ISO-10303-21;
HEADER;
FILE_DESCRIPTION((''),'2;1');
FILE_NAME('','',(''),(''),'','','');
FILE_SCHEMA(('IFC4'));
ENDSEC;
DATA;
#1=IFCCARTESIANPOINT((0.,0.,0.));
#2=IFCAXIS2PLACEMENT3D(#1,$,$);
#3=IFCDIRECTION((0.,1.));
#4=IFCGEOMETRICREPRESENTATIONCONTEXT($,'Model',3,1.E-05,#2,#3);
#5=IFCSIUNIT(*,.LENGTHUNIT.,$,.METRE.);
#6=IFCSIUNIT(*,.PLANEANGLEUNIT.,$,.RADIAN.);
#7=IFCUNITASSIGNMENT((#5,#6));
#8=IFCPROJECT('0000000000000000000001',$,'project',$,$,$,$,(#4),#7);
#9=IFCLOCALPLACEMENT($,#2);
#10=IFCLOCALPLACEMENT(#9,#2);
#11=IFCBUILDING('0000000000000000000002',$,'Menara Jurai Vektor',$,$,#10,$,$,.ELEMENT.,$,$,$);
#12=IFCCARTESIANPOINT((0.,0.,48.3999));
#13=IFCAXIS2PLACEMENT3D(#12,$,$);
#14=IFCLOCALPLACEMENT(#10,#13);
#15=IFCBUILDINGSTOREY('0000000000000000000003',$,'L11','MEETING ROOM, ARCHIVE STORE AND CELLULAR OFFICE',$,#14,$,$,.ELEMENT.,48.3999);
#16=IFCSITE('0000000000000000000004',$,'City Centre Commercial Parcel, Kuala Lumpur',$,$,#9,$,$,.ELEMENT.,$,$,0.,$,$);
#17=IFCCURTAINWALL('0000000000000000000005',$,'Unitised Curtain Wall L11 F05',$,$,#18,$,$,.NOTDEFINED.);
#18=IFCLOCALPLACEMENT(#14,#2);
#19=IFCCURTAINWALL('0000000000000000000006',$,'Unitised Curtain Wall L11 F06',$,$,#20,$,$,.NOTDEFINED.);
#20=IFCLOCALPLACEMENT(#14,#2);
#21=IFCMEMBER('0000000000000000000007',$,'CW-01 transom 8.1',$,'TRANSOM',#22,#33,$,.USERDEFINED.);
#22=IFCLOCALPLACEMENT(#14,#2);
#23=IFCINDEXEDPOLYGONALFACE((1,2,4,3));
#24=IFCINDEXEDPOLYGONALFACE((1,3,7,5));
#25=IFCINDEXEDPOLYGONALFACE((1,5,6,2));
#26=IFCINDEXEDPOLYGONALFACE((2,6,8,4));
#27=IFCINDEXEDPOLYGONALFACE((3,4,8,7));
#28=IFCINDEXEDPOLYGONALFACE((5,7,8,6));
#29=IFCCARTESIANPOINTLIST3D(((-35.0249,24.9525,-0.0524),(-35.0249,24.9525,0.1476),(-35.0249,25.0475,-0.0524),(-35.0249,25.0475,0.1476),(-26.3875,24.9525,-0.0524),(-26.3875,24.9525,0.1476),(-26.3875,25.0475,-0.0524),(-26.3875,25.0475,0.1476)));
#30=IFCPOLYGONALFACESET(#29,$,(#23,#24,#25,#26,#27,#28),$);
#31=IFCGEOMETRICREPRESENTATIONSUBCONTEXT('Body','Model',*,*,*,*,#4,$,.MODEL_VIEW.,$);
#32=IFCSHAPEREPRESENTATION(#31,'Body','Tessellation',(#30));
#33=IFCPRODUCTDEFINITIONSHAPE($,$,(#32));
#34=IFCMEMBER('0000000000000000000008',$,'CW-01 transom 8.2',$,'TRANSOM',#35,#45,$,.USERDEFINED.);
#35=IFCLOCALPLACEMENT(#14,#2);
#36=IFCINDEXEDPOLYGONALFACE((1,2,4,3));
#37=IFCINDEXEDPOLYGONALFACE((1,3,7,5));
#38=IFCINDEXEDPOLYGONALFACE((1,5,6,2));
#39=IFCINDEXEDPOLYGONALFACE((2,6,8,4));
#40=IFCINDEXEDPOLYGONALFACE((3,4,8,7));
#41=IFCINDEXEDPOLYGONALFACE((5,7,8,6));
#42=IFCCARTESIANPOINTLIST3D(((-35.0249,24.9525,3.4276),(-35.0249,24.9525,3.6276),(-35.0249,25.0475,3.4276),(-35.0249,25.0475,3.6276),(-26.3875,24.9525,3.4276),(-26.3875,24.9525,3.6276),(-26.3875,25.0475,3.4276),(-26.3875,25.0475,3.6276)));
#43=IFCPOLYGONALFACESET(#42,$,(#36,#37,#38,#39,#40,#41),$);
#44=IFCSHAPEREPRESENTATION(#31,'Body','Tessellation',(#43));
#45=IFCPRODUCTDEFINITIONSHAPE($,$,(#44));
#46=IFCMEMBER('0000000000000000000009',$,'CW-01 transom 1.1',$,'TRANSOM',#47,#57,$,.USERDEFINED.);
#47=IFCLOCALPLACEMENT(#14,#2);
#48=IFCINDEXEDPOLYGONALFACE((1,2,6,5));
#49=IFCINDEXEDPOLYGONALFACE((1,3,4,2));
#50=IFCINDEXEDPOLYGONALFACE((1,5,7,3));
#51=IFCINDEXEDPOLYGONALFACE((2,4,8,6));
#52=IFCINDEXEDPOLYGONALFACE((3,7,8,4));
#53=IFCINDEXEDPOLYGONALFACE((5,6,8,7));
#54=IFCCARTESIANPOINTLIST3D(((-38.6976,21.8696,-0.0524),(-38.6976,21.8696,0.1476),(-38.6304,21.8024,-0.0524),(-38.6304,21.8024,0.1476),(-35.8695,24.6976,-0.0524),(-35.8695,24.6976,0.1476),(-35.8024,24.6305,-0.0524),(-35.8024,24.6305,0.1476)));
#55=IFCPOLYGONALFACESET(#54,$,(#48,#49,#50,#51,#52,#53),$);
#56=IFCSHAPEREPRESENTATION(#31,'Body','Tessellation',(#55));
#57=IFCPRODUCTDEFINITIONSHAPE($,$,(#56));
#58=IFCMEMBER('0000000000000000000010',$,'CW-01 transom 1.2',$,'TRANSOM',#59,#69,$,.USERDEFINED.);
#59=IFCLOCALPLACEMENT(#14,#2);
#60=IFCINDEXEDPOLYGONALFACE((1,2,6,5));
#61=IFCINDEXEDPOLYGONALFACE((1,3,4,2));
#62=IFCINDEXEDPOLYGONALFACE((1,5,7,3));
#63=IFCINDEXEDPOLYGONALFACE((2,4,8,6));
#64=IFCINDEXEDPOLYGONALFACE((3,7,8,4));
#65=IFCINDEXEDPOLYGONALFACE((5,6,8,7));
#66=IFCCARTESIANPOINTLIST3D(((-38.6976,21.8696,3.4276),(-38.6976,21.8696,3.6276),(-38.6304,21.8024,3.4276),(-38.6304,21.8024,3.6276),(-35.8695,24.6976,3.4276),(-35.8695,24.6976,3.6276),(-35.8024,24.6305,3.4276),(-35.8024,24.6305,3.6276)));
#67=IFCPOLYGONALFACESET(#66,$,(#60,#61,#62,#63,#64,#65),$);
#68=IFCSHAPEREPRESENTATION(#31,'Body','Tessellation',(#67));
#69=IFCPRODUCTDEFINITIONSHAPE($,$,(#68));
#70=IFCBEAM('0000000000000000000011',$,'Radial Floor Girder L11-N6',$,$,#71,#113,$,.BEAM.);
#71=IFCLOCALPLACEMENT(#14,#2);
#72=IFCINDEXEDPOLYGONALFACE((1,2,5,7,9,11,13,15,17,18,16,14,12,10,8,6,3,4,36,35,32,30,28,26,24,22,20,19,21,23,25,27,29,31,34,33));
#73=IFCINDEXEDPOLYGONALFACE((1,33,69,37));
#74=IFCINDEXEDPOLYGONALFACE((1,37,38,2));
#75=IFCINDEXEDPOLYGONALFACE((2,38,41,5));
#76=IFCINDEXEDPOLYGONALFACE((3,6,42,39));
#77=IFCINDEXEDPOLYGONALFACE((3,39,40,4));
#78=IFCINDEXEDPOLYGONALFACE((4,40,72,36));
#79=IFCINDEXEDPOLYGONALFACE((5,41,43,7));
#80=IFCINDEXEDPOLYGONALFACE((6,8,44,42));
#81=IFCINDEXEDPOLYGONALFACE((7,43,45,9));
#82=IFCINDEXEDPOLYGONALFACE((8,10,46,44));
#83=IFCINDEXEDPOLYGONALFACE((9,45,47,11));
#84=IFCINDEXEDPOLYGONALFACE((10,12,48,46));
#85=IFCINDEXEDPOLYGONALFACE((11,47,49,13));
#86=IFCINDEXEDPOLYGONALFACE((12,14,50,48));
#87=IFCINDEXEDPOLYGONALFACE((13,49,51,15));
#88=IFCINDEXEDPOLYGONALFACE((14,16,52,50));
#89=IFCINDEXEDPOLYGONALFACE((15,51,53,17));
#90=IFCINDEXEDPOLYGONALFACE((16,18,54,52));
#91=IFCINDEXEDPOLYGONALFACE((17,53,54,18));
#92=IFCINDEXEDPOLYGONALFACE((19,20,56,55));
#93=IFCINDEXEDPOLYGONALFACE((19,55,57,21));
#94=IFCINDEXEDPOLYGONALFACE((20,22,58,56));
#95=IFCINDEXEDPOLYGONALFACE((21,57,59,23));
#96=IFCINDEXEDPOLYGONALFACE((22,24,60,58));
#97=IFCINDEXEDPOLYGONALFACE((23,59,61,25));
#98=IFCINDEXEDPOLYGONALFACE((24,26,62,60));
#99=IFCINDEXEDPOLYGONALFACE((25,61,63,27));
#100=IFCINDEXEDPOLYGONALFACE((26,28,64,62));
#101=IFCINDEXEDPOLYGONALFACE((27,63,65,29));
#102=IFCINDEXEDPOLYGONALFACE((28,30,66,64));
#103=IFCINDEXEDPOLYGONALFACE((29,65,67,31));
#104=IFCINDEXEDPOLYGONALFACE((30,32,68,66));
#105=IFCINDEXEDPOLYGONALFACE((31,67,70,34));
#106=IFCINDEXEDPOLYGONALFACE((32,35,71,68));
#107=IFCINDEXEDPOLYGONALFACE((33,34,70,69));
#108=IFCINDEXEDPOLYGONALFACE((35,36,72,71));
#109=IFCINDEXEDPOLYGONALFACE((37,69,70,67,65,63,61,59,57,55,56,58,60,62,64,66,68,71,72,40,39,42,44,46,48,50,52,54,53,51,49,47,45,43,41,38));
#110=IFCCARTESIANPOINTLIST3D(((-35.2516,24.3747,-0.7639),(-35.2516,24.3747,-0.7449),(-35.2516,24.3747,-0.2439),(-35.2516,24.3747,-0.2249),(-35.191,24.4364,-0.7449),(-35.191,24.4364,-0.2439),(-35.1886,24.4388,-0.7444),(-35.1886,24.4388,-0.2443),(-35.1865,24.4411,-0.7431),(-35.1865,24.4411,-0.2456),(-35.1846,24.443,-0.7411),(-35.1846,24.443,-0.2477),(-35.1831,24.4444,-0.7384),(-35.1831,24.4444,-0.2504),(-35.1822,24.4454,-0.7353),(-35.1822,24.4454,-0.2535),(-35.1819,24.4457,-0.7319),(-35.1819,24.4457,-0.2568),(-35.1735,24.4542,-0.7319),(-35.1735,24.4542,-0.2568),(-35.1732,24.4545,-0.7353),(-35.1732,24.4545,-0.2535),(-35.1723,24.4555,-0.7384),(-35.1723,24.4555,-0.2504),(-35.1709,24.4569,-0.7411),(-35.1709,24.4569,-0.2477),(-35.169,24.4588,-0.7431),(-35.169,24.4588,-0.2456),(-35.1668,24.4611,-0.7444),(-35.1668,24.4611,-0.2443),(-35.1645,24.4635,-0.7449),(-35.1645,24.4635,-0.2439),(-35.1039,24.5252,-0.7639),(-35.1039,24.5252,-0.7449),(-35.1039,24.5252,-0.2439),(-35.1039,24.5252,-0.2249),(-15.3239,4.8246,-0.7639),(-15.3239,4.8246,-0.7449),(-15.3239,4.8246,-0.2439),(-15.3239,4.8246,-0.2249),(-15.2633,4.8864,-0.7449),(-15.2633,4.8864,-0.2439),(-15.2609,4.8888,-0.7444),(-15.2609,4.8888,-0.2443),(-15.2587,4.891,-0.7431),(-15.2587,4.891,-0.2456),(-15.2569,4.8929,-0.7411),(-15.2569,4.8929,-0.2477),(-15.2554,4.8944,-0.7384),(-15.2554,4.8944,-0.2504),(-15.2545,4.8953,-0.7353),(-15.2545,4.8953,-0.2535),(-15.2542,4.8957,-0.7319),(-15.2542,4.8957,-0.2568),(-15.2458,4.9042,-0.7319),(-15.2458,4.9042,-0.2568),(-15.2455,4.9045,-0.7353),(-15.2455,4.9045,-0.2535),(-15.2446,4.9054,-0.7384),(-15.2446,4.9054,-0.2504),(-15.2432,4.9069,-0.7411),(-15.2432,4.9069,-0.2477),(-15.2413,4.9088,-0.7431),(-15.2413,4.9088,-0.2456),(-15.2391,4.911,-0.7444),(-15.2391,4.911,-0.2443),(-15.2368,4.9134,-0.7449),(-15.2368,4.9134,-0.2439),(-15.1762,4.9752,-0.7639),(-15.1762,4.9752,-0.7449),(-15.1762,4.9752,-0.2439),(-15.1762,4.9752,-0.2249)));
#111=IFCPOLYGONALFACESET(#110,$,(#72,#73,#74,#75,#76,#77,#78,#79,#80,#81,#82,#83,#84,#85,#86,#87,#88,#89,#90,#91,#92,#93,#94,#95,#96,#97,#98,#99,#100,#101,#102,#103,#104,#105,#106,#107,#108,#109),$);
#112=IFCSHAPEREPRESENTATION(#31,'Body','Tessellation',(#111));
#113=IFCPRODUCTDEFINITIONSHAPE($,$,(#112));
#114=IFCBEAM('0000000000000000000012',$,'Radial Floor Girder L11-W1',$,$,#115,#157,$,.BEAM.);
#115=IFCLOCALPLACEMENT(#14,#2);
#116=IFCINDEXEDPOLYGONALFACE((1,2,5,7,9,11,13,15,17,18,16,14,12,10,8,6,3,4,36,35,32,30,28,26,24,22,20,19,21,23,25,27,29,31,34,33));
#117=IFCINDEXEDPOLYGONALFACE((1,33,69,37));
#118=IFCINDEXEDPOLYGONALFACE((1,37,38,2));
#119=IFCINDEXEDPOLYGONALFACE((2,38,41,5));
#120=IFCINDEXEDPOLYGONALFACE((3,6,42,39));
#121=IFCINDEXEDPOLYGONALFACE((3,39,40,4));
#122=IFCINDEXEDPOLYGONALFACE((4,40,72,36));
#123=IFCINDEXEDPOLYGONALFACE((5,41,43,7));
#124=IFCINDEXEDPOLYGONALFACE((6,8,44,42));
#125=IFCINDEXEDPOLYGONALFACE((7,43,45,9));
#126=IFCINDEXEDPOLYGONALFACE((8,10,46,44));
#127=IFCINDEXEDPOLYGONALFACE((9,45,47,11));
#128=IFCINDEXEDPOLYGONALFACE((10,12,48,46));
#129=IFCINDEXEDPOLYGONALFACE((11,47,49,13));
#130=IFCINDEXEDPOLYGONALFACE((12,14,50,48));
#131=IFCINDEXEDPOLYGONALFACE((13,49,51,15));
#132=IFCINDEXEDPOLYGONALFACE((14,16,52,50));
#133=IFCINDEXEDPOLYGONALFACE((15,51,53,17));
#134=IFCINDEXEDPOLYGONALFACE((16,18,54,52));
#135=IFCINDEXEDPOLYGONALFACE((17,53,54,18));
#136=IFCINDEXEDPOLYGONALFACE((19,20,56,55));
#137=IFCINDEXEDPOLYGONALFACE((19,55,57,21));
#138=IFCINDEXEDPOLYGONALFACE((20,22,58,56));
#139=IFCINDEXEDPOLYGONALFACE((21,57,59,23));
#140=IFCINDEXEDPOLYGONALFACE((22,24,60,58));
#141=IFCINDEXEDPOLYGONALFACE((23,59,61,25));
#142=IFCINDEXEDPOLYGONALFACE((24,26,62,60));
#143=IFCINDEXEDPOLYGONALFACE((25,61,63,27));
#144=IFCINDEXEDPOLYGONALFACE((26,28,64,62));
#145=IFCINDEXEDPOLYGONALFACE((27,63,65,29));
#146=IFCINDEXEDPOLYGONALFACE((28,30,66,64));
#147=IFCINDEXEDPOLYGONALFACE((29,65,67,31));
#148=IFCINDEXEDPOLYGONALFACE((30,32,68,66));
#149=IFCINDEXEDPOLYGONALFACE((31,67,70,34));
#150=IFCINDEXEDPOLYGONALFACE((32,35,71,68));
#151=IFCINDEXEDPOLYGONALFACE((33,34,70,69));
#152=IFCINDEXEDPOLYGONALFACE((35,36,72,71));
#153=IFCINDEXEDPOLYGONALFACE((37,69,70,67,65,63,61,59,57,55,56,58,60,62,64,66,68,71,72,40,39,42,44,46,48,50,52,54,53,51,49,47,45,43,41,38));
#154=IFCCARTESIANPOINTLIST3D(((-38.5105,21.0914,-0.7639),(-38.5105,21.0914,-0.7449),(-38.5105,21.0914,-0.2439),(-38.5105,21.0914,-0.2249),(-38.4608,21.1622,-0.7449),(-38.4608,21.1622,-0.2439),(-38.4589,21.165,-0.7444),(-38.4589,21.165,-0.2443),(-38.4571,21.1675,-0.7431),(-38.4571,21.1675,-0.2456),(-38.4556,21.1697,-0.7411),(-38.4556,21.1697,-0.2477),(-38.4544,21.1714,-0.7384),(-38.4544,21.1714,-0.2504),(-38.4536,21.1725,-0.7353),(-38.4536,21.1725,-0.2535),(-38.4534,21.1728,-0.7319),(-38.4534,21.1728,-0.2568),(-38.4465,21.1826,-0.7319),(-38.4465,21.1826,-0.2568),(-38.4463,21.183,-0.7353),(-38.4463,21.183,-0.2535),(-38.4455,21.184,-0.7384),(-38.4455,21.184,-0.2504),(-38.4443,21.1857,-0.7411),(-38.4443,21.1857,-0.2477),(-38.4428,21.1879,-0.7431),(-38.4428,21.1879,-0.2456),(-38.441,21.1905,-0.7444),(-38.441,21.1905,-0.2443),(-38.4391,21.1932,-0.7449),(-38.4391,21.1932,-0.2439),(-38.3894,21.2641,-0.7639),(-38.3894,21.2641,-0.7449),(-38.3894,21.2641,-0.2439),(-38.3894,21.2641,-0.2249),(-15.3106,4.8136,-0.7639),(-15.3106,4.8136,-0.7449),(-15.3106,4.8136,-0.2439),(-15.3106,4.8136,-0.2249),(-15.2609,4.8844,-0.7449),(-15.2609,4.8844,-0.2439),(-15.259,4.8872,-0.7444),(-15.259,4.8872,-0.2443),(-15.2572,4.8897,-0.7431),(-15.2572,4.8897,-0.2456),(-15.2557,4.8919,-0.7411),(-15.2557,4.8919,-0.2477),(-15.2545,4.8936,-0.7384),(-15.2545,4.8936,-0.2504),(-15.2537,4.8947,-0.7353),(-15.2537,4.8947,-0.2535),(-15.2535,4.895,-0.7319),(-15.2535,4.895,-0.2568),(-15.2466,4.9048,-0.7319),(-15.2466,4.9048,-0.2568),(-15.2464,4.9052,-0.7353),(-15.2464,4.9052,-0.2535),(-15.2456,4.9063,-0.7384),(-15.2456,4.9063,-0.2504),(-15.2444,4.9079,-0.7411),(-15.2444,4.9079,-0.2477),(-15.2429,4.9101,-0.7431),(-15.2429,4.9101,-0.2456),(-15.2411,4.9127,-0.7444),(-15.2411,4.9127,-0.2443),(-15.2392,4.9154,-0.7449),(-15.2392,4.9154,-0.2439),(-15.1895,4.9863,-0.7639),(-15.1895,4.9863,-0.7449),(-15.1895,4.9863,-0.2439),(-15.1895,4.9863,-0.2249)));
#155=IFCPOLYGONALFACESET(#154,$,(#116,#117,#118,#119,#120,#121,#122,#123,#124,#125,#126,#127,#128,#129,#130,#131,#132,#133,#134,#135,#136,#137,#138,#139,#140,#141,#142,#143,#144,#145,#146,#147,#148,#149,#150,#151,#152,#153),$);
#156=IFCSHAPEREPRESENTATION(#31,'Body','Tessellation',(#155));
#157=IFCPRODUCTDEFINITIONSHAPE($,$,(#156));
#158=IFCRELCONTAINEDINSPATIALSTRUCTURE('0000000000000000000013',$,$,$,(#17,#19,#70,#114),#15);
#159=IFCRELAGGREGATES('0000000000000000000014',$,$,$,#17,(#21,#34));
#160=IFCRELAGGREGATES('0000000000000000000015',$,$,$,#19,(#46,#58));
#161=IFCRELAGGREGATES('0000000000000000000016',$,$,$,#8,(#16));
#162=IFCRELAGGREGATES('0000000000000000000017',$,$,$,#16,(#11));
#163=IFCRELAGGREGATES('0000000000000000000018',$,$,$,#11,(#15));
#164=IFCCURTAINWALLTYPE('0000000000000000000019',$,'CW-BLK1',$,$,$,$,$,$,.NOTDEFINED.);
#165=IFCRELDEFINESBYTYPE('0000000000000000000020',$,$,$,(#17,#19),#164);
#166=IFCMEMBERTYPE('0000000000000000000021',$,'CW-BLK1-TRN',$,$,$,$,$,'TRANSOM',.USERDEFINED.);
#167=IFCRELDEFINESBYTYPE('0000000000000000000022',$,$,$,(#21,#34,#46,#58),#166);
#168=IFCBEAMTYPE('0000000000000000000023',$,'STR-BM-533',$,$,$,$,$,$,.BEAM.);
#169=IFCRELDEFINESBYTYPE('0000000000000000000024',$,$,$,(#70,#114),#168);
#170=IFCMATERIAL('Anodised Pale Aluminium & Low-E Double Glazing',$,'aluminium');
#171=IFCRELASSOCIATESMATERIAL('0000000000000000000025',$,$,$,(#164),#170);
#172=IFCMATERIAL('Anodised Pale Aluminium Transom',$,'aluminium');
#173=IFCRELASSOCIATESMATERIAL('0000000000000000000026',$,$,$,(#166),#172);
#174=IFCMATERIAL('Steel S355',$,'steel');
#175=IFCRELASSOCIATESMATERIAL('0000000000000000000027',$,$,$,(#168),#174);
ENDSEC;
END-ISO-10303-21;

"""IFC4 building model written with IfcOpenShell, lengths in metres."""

from ifc_helpers import new_model, si_unit, direction, frame, origin, origin_2d, place, context, subcontext, project, spatial, rectangle, i_section, extrude, material, material_profile, profile_set, type_object, element, aggregate, save


model = new_model("IFC4")

# Units and contexts
model_context = context("Model", 3, precision=1e-05, world=origin(), true_north=direction((0.0, 1.0)))
body_context = subcontext(model_context, "Body", "Model", "MODEL_VIEW")
ifc_project = project(units=[si_unit("LENGTHUNIT", "METRE"), si_unit("PLANEANGLEUNIT", "RADIAN")], contexts=[model_context])

# Site, building, storey
site_placement = place(None, origin())
site = spatial("IfcSite", under=ifc_project, at=site_placement, Name="City Centre Commercial Parcel, Kuala Lumpur", CompositionType="ELEMENT", RefElevation=0.0)
building_placement = place(site_placement, origin())
building = spatial("IfcBuilding", under=site, at=building_placement, Name="Menara Jurai Vektor", CompositionType="ELEMENT")
storey_placement = place(building_placement, frame((0.0, 0.0, 48.3999)))
storey = spatial("IfcBuildingStorey", under=building, at=storey_placement, Name="L11", Description="MEETING ROOM, ARCHIVE STORE AND CELLULAR OFFICE", CompositionType="ELEMENT", Elevation=48.3999)

# Curtain walls
ifc_material_1 = material(Name="Anodised Pale Aluminium & Low-E Double Glazing", Category="aluminium")
curtain_wall_type = type_object("IfcCurtainWallType", Name="CW-BLK1", PredefinedType="NOTDEFINED", material=ifc_material_1)
curtain_wall_1_placement = place(storey_placement, origin())
curtain_wall_1 = element("IfcCurtainWall", 1, at=curtain_wall_1_placement, inside=storey, type_object=curtain_wall_type, Name="Unitised Curtain Wall L11 F05", PredefinedType="NOTDEFINED")
curtain_wall_2_placement = place(storey_placement, origin())
curtain_wall_2 = element("IfcCurtainWall", 2, at=curtain_wall_2_placement, inside=storey, type_object=curtain_wall_type, Name="Unitised Curtain Wall L11 F06", PredefinedType="NOTDEFINED")

# Members
ifc_material_2 = material(Name="Anodised Pale Aluminium Transom", Category="aluminium")
ifc_material_profile_1 = material_profile(ifc_material_2, rectangle(XDim=0.095, YDim=0.2, at=origin_2d()), Name="ALU TRN 95x200")
ifc_profile_set_1 = profile_set([ifc_material_profile_1], Name="Anodised Pale Aluminium Transom")
member_type_1 = type_object("IfcMemberType", Name="CW-BLK1-TRN", ElementType="TRANSOM", PredefinedType="USERDEFINED", material=ifc_profile_set_1)
member_1_placement = place(storey_placement, frame((-26.3875, 25.0, 0.0476), z_axis=(-1.0, 0.0, 0.0), x_axis=(0.0, -1.0, 0.0)))
member_1 = element("IfcMember", 3, at=member_1_placement, type_object=member_type_1, Name="CW-01 transom 8.1", ObjectType="TRANSOM", PredefinedType="USERDEFINED", context=body_context, shape_type="SweptSolid", body=[
    extrude(rectangle(XDim=0.095, YDim=0.2, at=origin_2d()), origin(), (0.0, 0.0, 1.0), 8.6375),
])
member_2_placement = place(storey_placement, frame((-26.3875, 25.0, 3.5276), z_axis=(-1.0, 0.0, 0.0), x_axis=(0.0, -1.0, 0.0)))
member_2 = element("IfcMember", 4, at=member_2_placement, type_object=member_type_1, Name="CW-01 transom 8.2", ObjectType="TRANSOM", PredefinedType="USERDEFINED", context=body_context, shape_type="SweptSolid", body=[
    extrude(rectangle(XDim=0.095, YDim=0.2, at=origin_2d()), origin(), (0.0, 0.0, 1.0), 8.6375),
])
member_3_placement = place(storey_placement, frame((-35.8359, 24.6641, 0.0476), z_axis=(-0.707107, -0.707107, 0.0), x_axis=(0.707107, -0.707107, 0.0)))
member_3 = element("IfcMember", 5, at=member_3_placement, type_object=member_type_1, Name="CW-01 transom 1.1", ObjectType="TRANSOM", PredefinedType="USERDEFINED", context=body_context, shape_type="SweptSolid", body=[
    extrude(rectangle(XDim=0.095, YDim=0.2, at=origin_2d()), origin(), (0.0, 0.0, 1.0), 3.9995),
])
member_4_placement = place(storey_placement, frame((-35.8359, 24.6641, 3.5276), z_axis=(-0.707107, -0.707107, 0.0), x_axis=(0.707107, -0.707107, 0.0)))
member_4 = element("IfcMember", 6, at=member_4_placement, type_object=member_type_1, Name="CW-01 transom 1.2", ObjectType="TRANSOM", PredefinedType="USERDEFINED", context=body_context, shape_type="SweptSolid", body=[
    extrude(rectangle(XDim=0.095, YDim=0.2, at=origin_2d()), origin(), (0.0, 0.0, 1.0), 3.9995),
])

# Beams
ifc_material_3 = material(Name="Steel S355", Category="steel")
ifc_material_profile_2 = material_profile(ifc_material_3, i_section(OverallWidth=0.2109, OverallDepth=0.5391, WebThickness=0.012, FlangeThickness=0.019, FilletRadius=0.0129, at=origin_2d()), Name="UKB 533x210x109")
ifc_profile_set_2 = profile_set([ifc_material_profile_2], Name="Steel S355")
beam_type_1 = type_object("IfcBeamType", Name="STR-BM-533", PredefinedType="BEAM", material=ifc_profile_set_2)
beam_1_placement = place(storey_placement, frame((-35.1777, 24.45, -0.4944), z_axis=(0.713839, -0.70031, 0.0), x_axis=(0.70031, 0.713839, 0.0)))
element("IfcBeam", 7, at=beam_1_placement, inside=storey, type_object=beam_type_1, Name="Radial Floor Girder L11-N6", PredefinedType="BEAM", context=body_context, shape_type="SweptSolid", body=[
    extrude(i_section(OverallWidth=0.2109, OverallDepth=0.5391, WebThickness=0.012, FlangeThickness=0.019, FilletRadius=0.0129, at=origin_2d()), origin(), (0.0, 0.0, 1.0), 27.9163),
])
beam_2_placement = place(storey_placement, frame((-38.45, 21.1777, -0.4944), z_axis=(0.818604, -0.574359, 0.0), x_axis=(0.574359, 0.818604, 0.0)))
element("IfcBeam", 8, at=beam_2_placement, inside=storey, type_object=beam_type_1, Name="Radial Floor Girder L11-W1", PredefinedType="BEAM", context=body_context, shape_type="SweptSolid", body=[
    extrude(i_section(OverallWidth=0.2109, OverallDepth=0.5391, WebThickness=0.012, FlangeThickness=0.019, FilletRadius=0.0129, at=origin_2d()), origin(), (0.0, 0.0, 1.0), 28.3408),
])

aggregate(curtain_wall_1, [member_1, member_2])
aggregate(curtain_wall_2, [member_3, member_4])

save(model, "model.ifc")
